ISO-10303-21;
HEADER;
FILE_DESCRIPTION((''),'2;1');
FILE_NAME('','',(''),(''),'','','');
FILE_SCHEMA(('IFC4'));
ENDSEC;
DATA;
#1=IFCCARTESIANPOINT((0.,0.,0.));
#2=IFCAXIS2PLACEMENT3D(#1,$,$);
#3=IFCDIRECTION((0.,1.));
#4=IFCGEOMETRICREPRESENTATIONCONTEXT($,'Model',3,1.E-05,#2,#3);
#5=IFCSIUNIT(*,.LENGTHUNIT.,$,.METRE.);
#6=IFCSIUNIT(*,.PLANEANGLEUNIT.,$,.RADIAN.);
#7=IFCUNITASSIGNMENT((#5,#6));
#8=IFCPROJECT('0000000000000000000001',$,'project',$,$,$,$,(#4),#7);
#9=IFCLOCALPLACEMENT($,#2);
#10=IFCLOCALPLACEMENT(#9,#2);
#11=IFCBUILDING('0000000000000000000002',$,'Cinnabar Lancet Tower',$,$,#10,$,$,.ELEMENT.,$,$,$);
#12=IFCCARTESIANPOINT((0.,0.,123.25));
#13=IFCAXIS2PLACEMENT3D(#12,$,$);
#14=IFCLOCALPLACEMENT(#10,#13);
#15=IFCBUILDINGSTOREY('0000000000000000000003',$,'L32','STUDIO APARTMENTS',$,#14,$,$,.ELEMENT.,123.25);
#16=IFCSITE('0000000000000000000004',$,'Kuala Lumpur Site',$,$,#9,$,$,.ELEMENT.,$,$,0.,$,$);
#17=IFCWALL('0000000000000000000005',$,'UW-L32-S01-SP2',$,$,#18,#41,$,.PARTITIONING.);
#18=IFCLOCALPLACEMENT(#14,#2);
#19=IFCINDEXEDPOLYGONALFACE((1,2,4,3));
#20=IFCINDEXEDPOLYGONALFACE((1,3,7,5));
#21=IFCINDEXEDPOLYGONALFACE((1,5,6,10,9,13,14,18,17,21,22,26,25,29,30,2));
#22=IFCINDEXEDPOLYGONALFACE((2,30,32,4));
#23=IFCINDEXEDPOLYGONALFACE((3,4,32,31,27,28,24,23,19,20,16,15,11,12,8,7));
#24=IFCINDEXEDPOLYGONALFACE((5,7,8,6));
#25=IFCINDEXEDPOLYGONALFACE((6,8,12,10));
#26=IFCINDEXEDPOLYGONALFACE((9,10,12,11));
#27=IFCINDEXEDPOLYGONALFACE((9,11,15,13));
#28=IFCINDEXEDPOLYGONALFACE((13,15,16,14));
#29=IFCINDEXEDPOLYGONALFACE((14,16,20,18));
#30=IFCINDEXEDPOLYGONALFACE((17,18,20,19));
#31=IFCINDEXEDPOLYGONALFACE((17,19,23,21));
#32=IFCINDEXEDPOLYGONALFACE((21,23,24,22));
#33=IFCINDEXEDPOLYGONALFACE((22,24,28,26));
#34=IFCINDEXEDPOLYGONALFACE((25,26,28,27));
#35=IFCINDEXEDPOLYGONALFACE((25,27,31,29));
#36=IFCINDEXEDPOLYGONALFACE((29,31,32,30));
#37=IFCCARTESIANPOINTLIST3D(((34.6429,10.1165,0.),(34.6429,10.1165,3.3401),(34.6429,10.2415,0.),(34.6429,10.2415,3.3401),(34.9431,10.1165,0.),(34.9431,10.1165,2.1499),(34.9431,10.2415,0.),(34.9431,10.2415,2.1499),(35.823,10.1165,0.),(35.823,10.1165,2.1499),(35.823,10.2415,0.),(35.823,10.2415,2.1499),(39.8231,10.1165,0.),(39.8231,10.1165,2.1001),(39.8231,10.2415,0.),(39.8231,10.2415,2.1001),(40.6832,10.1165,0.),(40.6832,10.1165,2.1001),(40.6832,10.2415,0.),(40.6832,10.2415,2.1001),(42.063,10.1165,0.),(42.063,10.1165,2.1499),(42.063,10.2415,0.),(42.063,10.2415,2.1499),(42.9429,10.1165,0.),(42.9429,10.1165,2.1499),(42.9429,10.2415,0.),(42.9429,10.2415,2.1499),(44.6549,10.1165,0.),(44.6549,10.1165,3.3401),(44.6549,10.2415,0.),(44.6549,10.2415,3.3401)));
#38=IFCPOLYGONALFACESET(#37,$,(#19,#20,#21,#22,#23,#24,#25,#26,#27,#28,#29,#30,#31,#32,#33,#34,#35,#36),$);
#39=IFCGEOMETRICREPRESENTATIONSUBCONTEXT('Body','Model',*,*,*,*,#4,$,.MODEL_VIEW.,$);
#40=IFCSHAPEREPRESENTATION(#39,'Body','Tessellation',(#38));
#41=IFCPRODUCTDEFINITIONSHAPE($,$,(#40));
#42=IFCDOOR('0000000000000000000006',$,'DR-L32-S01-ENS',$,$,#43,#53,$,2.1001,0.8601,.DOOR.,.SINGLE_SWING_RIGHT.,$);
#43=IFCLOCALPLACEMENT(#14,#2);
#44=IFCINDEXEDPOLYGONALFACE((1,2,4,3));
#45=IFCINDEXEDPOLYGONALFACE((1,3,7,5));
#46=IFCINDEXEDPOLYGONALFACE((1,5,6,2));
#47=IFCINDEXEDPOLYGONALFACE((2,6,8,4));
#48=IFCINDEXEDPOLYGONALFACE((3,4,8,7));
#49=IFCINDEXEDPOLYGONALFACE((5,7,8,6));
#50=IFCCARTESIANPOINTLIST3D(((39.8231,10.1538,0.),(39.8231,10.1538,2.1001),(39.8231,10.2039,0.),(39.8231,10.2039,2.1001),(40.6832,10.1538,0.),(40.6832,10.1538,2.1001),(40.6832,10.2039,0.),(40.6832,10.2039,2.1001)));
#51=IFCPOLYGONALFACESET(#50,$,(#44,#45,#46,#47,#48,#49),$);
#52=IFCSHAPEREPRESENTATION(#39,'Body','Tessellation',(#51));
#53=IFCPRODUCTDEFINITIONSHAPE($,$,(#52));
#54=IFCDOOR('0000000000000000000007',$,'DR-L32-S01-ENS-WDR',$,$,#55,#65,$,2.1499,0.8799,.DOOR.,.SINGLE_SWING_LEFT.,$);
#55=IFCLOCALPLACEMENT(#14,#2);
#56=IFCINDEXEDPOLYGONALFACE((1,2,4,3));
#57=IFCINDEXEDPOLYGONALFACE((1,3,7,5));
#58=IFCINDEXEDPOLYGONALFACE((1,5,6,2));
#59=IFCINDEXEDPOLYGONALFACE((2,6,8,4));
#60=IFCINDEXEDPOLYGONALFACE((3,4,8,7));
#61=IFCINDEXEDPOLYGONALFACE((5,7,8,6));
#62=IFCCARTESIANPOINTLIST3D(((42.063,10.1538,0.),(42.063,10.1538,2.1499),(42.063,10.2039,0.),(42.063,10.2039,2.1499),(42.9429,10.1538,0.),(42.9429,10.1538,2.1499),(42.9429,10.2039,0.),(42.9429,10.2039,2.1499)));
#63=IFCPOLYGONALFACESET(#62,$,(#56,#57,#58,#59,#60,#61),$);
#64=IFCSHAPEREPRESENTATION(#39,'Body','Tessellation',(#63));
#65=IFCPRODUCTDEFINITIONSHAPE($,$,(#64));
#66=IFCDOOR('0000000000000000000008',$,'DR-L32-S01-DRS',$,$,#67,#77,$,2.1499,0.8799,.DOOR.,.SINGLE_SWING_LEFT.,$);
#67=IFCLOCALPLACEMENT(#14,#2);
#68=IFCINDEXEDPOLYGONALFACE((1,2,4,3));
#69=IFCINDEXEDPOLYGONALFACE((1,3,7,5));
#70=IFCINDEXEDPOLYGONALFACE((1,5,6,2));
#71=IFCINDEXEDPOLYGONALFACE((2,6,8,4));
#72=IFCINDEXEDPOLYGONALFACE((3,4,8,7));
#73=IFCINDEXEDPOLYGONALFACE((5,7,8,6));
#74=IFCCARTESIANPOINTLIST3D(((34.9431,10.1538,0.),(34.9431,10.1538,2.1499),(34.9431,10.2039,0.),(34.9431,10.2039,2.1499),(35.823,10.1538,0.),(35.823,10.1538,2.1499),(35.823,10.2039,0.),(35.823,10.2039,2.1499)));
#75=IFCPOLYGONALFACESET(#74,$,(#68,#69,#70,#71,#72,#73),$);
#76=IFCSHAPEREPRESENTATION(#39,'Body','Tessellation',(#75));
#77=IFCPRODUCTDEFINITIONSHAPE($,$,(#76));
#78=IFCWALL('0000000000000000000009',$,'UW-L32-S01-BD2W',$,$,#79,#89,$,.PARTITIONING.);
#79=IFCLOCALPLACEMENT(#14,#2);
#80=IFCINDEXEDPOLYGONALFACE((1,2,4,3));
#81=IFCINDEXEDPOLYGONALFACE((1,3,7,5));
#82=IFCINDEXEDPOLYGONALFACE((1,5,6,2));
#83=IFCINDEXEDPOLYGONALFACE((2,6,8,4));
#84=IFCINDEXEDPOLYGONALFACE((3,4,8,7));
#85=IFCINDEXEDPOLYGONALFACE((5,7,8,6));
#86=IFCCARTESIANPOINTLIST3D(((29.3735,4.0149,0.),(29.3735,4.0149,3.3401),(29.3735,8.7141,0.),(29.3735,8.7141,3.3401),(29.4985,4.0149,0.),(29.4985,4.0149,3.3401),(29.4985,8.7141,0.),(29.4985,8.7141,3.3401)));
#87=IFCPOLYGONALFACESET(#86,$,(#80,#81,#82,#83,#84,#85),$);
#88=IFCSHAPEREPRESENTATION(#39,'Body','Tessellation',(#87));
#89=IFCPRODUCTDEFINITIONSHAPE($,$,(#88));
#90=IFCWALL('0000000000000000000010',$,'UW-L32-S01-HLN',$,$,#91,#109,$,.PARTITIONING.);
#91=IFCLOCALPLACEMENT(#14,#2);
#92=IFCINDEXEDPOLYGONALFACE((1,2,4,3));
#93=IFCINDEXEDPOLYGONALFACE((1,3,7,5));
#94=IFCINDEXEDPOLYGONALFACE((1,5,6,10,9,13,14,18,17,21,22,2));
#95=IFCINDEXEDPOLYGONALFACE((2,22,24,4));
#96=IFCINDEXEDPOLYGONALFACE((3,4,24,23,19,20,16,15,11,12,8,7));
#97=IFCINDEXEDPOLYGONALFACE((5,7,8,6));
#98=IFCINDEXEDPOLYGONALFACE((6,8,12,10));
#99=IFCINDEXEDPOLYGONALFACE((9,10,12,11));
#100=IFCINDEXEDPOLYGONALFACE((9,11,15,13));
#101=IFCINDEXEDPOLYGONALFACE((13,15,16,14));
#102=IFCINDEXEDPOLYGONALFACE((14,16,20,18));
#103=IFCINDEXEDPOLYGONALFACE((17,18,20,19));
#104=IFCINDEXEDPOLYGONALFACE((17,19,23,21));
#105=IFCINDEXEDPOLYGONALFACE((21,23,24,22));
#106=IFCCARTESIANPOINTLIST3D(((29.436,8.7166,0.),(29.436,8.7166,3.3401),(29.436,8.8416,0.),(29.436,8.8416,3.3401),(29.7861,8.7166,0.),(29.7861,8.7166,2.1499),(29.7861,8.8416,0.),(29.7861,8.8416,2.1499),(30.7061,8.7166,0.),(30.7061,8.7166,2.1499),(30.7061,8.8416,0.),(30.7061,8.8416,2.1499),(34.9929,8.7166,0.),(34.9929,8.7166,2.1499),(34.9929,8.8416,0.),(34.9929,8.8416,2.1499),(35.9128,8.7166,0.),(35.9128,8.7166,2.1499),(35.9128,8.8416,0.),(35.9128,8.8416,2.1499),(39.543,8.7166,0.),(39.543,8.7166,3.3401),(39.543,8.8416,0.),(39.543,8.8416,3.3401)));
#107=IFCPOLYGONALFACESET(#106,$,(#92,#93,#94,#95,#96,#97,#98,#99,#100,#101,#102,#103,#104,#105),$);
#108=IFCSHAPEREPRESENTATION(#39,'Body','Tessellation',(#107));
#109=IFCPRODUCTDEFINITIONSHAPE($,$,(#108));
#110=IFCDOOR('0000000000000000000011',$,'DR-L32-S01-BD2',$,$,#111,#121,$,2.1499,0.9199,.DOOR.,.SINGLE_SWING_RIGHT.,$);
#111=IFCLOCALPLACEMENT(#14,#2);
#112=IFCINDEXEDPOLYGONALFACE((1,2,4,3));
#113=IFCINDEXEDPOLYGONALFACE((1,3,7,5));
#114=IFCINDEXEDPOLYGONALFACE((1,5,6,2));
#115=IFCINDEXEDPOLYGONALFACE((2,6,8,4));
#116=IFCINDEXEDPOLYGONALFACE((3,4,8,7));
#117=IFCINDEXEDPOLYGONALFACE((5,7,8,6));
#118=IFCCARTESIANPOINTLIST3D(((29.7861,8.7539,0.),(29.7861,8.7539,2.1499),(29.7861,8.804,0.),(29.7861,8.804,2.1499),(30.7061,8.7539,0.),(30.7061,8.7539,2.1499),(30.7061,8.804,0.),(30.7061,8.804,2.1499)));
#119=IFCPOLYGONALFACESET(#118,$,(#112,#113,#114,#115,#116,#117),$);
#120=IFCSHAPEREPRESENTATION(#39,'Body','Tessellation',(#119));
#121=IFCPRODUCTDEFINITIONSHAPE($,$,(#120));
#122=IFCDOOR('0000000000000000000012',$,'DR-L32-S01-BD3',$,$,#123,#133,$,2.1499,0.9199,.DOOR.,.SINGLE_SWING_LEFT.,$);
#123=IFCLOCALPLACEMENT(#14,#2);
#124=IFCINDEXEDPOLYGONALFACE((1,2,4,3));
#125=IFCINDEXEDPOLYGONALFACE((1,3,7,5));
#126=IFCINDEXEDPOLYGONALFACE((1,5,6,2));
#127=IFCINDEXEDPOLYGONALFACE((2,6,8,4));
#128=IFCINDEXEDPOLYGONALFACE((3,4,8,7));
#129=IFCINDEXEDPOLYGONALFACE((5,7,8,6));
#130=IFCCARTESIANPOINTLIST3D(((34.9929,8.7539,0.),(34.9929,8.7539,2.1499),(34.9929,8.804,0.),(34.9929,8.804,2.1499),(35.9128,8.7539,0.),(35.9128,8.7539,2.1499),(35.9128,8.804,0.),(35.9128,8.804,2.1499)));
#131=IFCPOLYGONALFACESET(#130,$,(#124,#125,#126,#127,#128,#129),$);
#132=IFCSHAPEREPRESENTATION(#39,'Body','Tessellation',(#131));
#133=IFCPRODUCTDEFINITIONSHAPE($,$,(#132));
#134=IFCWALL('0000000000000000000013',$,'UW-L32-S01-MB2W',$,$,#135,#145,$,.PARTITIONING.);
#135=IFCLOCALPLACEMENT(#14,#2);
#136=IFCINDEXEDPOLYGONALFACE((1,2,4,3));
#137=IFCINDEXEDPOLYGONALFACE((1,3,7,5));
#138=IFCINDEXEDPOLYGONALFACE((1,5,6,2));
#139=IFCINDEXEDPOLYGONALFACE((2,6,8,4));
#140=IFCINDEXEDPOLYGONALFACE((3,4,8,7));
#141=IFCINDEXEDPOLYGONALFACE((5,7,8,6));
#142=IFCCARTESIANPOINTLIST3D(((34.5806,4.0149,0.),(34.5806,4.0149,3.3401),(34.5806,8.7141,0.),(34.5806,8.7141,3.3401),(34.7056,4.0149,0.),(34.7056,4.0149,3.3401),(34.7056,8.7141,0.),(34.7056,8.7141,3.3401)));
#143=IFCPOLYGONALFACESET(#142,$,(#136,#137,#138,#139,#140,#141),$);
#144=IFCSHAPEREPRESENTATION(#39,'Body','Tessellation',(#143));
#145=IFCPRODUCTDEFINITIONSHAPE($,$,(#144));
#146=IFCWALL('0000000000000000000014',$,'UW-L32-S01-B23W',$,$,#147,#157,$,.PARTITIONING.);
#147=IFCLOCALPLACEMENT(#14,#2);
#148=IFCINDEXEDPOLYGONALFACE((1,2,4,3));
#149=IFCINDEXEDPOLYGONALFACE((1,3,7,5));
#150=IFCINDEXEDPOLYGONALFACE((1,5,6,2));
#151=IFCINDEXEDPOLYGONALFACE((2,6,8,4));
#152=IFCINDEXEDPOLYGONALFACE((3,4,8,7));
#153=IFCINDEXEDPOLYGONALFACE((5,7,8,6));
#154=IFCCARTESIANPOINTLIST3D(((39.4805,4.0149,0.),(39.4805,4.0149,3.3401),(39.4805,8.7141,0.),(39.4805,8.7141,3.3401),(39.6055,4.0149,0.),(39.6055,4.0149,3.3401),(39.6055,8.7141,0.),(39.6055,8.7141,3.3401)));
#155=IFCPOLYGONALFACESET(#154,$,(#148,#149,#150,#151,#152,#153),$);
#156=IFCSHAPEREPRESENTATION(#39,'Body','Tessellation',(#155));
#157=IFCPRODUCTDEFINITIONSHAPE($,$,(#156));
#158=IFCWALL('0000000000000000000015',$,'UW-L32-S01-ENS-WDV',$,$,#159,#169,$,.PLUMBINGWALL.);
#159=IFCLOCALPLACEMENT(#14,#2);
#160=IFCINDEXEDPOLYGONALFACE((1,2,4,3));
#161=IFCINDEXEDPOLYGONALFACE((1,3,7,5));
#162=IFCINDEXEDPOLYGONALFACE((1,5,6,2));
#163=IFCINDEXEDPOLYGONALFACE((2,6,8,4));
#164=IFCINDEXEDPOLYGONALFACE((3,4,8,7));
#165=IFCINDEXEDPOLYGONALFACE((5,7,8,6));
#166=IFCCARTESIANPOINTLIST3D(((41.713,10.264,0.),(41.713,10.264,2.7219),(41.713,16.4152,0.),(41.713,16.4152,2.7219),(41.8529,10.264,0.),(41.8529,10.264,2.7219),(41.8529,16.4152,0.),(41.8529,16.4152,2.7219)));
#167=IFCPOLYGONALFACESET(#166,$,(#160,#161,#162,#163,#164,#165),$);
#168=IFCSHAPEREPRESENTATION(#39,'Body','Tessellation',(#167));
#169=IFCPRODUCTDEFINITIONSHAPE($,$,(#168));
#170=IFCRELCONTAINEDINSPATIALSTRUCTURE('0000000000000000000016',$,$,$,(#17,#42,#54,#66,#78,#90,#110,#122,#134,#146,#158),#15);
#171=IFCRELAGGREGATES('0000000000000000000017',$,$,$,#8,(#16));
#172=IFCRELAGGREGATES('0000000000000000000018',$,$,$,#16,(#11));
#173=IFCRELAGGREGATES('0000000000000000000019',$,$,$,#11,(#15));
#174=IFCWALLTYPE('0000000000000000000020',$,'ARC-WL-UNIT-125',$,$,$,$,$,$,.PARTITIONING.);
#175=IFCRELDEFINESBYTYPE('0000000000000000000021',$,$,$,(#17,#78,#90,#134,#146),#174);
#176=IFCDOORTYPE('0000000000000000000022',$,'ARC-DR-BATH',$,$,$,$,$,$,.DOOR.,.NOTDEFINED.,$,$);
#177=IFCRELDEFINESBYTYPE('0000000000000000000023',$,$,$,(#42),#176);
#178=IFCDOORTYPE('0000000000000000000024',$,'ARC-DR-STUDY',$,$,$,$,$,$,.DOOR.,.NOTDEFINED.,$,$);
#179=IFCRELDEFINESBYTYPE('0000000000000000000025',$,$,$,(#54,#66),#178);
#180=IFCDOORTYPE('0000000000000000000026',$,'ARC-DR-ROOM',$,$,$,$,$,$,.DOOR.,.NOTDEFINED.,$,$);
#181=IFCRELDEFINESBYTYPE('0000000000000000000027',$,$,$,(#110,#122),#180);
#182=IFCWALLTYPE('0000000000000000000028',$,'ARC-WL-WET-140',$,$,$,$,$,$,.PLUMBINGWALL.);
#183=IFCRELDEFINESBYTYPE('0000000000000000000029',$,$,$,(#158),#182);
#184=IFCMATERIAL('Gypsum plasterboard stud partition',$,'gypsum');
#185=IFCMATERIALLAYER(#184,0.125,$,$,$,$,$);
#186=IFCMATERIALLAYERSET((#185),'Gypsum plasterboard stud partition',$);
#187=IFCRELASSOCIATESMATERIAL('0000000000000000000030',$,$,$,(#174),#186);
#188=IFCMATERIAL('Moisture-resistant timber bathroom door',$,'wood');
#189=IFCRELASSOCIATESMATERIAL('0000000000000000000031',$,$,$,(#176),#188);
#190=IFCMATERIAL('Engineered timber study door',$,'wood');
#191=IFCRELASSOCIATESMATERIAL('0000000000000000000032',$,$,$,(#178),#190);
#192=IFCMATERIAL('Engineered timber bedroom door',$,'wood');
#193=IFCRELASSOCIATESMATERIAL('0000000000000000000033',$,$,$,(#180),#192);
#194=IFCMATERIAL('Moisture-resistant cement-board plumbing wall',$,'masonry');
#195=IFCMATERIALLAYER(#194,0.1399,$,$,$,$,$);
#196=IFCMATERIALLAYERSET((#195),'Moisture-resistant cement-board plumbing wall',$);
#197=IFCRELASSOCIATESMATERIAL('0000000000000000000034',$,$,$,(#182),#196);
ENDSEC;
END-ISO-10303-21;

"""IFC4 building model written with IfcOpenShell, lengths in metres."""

from ifc_helpers import new_model, si_unit, direction, frame, frame_2d, origin, place, context, subcontext, project, spatial, rectangle, extrude, material, layer, layer_set, type_object, element, fill, save


model = new_model("IFC4")

# Units and contexts
model_context = context("Model", 3, precision=1e-05, world=origin(), true_north=direction((0.0, 1.0)))
body_context = subcontext(model_context, "Body", "Model", "MODEL_VIEW")
ifc_project = project(units=[si_unit("LENGTHUNIT", "METRE"), si_unit("PLANEANGLEUNIT", "RADIAN")], contexts=[model_context])

# Site, building, storey
site_placement = place(None, origin())
site = spatial("IfcSite", under=ifc_project, at=site_placement, Name="Kuala Lumpur Site", CompositionType="ELEMENT", RefElevation=0.0)
building_placement = place(site_placement, origin())
building = spatial("IfcBuilding", under=site, at=building_placement, Name="Cinnabar Lancet Tower", CompositionType="ELEMENT")
storey_placement = place(building_placement, frame((0.0, 0.0, 123.25)))
storey = spatial("IfcBuildingStorey", under=building, at=storey_placement, Name="L32", Description="STUDIO APARTMENTS", CompositionType="ELEMENT", Elevation=123.25)

# Wall, openings, doors
ifc_material_1 = material(Name="Gypsum plasterboard stud partition", Category="gypsum")
ifc_layer_1 = layer(ifc_material_1, 0.125)
ifc_layer_set_1 = layer_set([ifc_layer_1], Name="Gypsum plasterboard stud partition")
wall_type_1 = type_object("IfcWallType", Name="ARC-WL-UNIT-125", PredefinedType="PARTITIONING", material=ifc_layer_set_1)
wall_1_placement = place(storey_placement, frame((34.6431, 10.179, 0.0), z_axis=(0.0, 0.0, 1.0), x_axis=(1.0, 0.0, 0.0)))
wall_1 = element("IfcWall", 1, at=wall_1_placement, inside=storey, type_object=wall_type_1, Name="UW-L32-S01-SP2", PredefinedType="PARTITIONING", context=body_context, shape_type="SweptSolid", body=[
    extrude(rectangle(XDim=10.012, YDim=0.125, at=frame_2d((5.0059, 0.0))), origin(), (0.0, 0.0, 1.0), 3.3401),
])
opening_1_placement = place(wall_1_placement, frame((5.1799, 0.0, 0.0)))
opening_1 = element("IfcOpeningElement", 2, at=opening_1_placement, cuts=wall_1, PredefinedType="OPENING", context=body_context, shape_type="SweptSolid", body=[
    extrude(rectangle(XDim=0.8601, YDim=2.1001, at=frame_2d((0.4302, 1.05))), frame((0.0, 0.0725, 0.0), z_axis=(0.0, -1.0, 0.0), x_axis=(1.0, 0.0, 0.0)), (0.0, 0.0, 1.0), 0.145),
])
opening_2_placement = place(wall_1_placement, frame((7.4199, 0.0, 0.0)))
opening_2 = element("IfcOpeningElement", 3, at=opening_2_placement, cuts=wall_1, PredefinedType="OPENING", context=body_context, shape_type="SweptSolid", body=[
    extrude(rectangle(XDim=0.8799, YDim=2.1499, at=frame_2d((0.4399, 1.075))), frame((0.0, 0.0725, 0.0), z_axis=(0.0, -1.0, 0.0), x_axis=(1.0, 0.0, 0.0)), (0.0, 0.0, 1.0), 0.145),
])
opening_3_placement = place(wall_1_placement, frame((0.3, 0.0, 0.0)))
opening_3 = element("IfcOpeningElement", 4, at=opening_3_placement, cuts=wall_1, PredefinedType="OPENING", context=body_context, shape_type="SweptSolid", body=[
    extrude(rectangle(XDim=0.8799, YDim=2.1499, at=frame_2d((0.4399, 1.075))), frame((0.0, 0.0725, 0.0), z_axis=(0.0, -1.0, 0.0), x_axis=(1.0, 0.0, 0.0)), (0.0, 0.0, 1.0), 0.145),
])
ifc_material_2 = material(Name="Moisture-resistant timber bathroom door", Category="wood")
door_type_1 = type_object("IfcDoorType", Name="ARC-DR-BATH", OperationType="NOTDEFINED", PredefinedType="DOOR", material=ifc_material_2)
door_1_placement = place(opening_1_placement, origin())
door_1 = element("IfcDoor", 5, at=door_1_placement, inside=storey, type_object=door_type_1, Name="DR-L32-S01-ENS", OperationType="SINGLE_SWING_RIGHT", OverallHeight=2.1001, OverallWidth=0.8601, PredefinedType="DOOR", context=body_context, shape_type="SweptSolid", body=[
    extrude(rectangle(XDim=0.8601, YDim=2.1001, at=frame_2d((0.4302, 1.05))), frame((0.0, 0.0249, 0.0), z_axis=(0.0, -1.0, 0.0), x_axis=(1.0, 0.0, 0.0)), (0.0, 0.0, 1.0), 0.05),
])
fill(opening_1, door_1)
ifc_material_3 = material(Name="Engineered timber study door", Category="wood")
door_type_2 = type_object("IfcDoorType", Name="ARC-DR-STUDY", OperationType="NOTDEFINED", PredefinedType="DOOR", material=ifc_material_3)
door_2_placement = place(opening_2_placement, origin())
door_2 = element("IfcDoor", 6, at=door_2_placement, inside=storey, type_object=door_type_2, Name="DR-L32-S01-ENS-WDR", OperationType="SINGLE_SWING_LEFT", OverallHeight=2.1499, OverallWidth=0.8799, PredefinedType="DOOR", context=body_context, shape_type="SweptSolid", body=[
    extrude(rectangle(XDim=0.8799, YDim=2.1499, at=frame_2d((0.4399, 1.075))), frame((0.0, 0.0249, 0.0), z_axis=(0.0, -1.0, 0.0), x_axis=(1.0, 0.0, 0.0)), (0.0, 0.0, 1.0), 0.05),
])
fill(opening_2, door_2)
door_3_placement = place(opening_3_placement, origin())
door_3 = element("IfcDoor", 7, at=door_3_placement, inside=storey, type_object=door_type_2, Name="DR-L32-S01-DRS", OperationType="SINGLE_SWING_LEFT", OverallHeight=2.1499, OverallWidth=0.8799, PredefinedType="DOOR", context=body_context, shape_type="SweptSolid", body=[
    extrude(rectangle(XDim=0.8799, YDim=2.1499, at=frame_2d((0.4399, 1.075))), frame((0.0, 0.0249, 0.0), z_axis=(0.0, -1.0, 0.0), x_axis=(1.0, 0.0, 0.0)), (0.0, 0.0, 1.0), 0.05),
])
fill(opening_3, door_3)

# Wall
wall_2_placement = place(storey_placement, frame((29.436, 4.0149, 0.0), z_axis=(0.0, 0.0, 1.0), x_axis=(0.0, 1.0, 0.0)))
element("IfcWall", 8, at=wall_2_placement, inside=storey, type_object=wall_type_1, Name="UW-L32-S01-BD2W", PredefinedType="PARTITIONING", context=body_context, shape_type="SweptSolid", body=[
    extrude(rectangle(XDim=4.6992, YDim=0.125, at=frame_2d((2.3496, 0.0))), origin(), (0.0, 0.0, 1.0), 3.3401),
])

# Wall, openings, doors
wall_3_placement = place(storey_placement, frame((29.436, 8.7791, 0.0), z_axis=(0.0, 0.0, 1.0), x_axis=(1.0, 0.0, 0.0)))
wall_3 = element("IfcWall", 9, at=wall_3_placement, inside=storey, type_object=wall_type_1, Name="UW-L32-S01-HLN", PredefinedType="PARTITIONING", context=body_context, shape_type="SweptSolid", body=[
    extrude(rectangle(XDim=10.1069, YDim=0.125, at=frame_2d((5.0535, 0.0))), origin(), (0.0, 0.0, 1.0), 3.3401),
])
opening_4_placement = place(wall_3_placement, frame((0.3501, 0.0, 0.0)))
opening_4 = element("IfcOpeningElement", 10, at=opening_4_placement, cuts=wall_3, PredefinedType="OPENING", context=body_context, shape_type="SweptSolid", body=[
    extrude(rectangle(XDim=0.9199, YDim=2.1499, at=frame_2d((0.46, 1.075))), frame((0.0, 0.0725, 0.0), z_axis=(0.0, -1.0, 0.0), x_axis=(1.0, 0.0, 0.0)), (0.0, 0.0, 1.0), 0.145),
])
opening_5_placement = place(wall_3_placement, frame((5.5569, 0.0, 0.0)))
opening_5 = element("IfcOpeningElement", 11, at=opening_5_placement, cuts=wall_3, PredefinedType="OPENING", context=body_context, shape_type="SweptSolid", body=[
    extrude(rectangle(XDim=0.9199, YDim=2.1499, at=frame_2d((0.46, 1.075))), frame((0.0, 0.0725, 0.0), z_axis=(0.0, -1.0, 0.0), x_axis=(1.0, 0.0, 0.0)), (0.0, 0.0, 1.0), 0.145),
])
ifc_material_4 = material(Name="Engineered timber bedroom door", Category="wood")
door_type_3 = type_object("IfcDoorType", Name="ARC-DR-ROOM", OperationType="NOTDEFINED", PredefinedType="DOOR", material=ifc_material_4)
door_4_placement = place(opening_4_placement, origin())
door_4 = element("IfcDoor", 12, at=door_4_placement, inside=storey, type_object=door_type_3, Name="DR-L32-S01-BD2", OperationType="SINGLE_SWING_RIGHT", OverallHeight=2.1499, OverallWidth=0.9199, PredefinedType="DOOR", context=body_context, shape_type="SweptSolid", body=[
    extrude(rectangle(XDim=0.9199, YDim=2.1499, at=frame_2d((0.46, 1.075))), frame((0.0, 0.0249, 0.0), z_axis=(0.0, -1.0, 0.0), x_axis=(1.0, 0.0, 0.0)), (0.0, 0.0, 1.0), 0.05),
])
fill(opening_4, door_4)
door_5_placement = place(opening_5_placement, origin())
door_5 = element("IfcDoor", 13, at=door_5_placement, inside=storey, type_object=door_type_3, Name="DR-L32-S01-BD3", OperationType="SINGLE_SWING_LEFT", OverallHeight=2.1499, OverallWidth=0.9199, PredefinedType="DOOR", context=body_context, shape_type="SweptSolid", body=[
    extrude(rectangle(XDim=0.9199, YDim=2.1499, at=frame_2d((0.46, 1.075))), frame((0.0, 0.0249, 0.0), z_axis=(0.0, -1.0, 0.0), x_axis=(1.0, 0.0, 0.0)), (0.0, 0.0, 1.0), 0.05),
])
fill(opening_5, door_5)

# Walls
for number, where, z_axis, x_axis, name in (
    (14, (34.6431, 4.0149, 0.0), (0.0, 0.0, 1.0), (0.0, 1.0, 0.0), "UW-L32-S01-MB2W"),
    (15, (39.543, 4.0149, 0.0), (0.0, 0.0, 1.0), (0.0, 1.0, 0.0), "UW-L32-S01-B23W"),
):
    element("IfcWall", number, at=place(storey_placement, frame(where, z_axis=z_axis, x_axis=x_axis)), inside=storey, type_object=wall_type_1, Name=name, PredefinedType="PARTITIONING", context=body_context, shape_type="SweptSolid", body=[
        extrude(rectangle(XDim=4.6992, YDim=0.125, at=frame_2d((2.3496, 0.0))), origin(), (0.0, 0.0, 1.0), 3.3401),
    ])
ifc_material_5 = material(Name="Moisture-resistant cement-board plumbing wall", Category="masonry")
ifc_layer_2 = layer(ifc_material_5, 0.1399)
ifc_layer_set_2 = layer_set([ifc_layer_2], Name="Moisture-resistant cement-board plumbing wall")
wall_type_2 = type_object("IfcWallType", Name="ARC-WL-WET-140", PredefinedType="PLUMBINGWALL", material=ifc_layer_set_2)
wall_4_placement = place(storey_placement, frame((41.783, 10.2639, 0.0), z_axis=(0.0, 0.0, 1.0), x_axis=(0.0, 1.0, 0.0)))
element("IfcWall", 16, at=wall_4_placement, inside=storey, type_object=wall_type_2, Name="UW-L32-S01-ENS-WDV", PredefinedType="PLUMBINGWALL", context=body_context, shape_type="SweptSolid", body=[
    extrude(rectangle(XDim=6.1511, YDim=0.1399, at=frame_2d((3.0757, 0.0))), origin(), (0.0, 0.0, 1.0), 2.7219),
])

save(model, "model.ifc")
